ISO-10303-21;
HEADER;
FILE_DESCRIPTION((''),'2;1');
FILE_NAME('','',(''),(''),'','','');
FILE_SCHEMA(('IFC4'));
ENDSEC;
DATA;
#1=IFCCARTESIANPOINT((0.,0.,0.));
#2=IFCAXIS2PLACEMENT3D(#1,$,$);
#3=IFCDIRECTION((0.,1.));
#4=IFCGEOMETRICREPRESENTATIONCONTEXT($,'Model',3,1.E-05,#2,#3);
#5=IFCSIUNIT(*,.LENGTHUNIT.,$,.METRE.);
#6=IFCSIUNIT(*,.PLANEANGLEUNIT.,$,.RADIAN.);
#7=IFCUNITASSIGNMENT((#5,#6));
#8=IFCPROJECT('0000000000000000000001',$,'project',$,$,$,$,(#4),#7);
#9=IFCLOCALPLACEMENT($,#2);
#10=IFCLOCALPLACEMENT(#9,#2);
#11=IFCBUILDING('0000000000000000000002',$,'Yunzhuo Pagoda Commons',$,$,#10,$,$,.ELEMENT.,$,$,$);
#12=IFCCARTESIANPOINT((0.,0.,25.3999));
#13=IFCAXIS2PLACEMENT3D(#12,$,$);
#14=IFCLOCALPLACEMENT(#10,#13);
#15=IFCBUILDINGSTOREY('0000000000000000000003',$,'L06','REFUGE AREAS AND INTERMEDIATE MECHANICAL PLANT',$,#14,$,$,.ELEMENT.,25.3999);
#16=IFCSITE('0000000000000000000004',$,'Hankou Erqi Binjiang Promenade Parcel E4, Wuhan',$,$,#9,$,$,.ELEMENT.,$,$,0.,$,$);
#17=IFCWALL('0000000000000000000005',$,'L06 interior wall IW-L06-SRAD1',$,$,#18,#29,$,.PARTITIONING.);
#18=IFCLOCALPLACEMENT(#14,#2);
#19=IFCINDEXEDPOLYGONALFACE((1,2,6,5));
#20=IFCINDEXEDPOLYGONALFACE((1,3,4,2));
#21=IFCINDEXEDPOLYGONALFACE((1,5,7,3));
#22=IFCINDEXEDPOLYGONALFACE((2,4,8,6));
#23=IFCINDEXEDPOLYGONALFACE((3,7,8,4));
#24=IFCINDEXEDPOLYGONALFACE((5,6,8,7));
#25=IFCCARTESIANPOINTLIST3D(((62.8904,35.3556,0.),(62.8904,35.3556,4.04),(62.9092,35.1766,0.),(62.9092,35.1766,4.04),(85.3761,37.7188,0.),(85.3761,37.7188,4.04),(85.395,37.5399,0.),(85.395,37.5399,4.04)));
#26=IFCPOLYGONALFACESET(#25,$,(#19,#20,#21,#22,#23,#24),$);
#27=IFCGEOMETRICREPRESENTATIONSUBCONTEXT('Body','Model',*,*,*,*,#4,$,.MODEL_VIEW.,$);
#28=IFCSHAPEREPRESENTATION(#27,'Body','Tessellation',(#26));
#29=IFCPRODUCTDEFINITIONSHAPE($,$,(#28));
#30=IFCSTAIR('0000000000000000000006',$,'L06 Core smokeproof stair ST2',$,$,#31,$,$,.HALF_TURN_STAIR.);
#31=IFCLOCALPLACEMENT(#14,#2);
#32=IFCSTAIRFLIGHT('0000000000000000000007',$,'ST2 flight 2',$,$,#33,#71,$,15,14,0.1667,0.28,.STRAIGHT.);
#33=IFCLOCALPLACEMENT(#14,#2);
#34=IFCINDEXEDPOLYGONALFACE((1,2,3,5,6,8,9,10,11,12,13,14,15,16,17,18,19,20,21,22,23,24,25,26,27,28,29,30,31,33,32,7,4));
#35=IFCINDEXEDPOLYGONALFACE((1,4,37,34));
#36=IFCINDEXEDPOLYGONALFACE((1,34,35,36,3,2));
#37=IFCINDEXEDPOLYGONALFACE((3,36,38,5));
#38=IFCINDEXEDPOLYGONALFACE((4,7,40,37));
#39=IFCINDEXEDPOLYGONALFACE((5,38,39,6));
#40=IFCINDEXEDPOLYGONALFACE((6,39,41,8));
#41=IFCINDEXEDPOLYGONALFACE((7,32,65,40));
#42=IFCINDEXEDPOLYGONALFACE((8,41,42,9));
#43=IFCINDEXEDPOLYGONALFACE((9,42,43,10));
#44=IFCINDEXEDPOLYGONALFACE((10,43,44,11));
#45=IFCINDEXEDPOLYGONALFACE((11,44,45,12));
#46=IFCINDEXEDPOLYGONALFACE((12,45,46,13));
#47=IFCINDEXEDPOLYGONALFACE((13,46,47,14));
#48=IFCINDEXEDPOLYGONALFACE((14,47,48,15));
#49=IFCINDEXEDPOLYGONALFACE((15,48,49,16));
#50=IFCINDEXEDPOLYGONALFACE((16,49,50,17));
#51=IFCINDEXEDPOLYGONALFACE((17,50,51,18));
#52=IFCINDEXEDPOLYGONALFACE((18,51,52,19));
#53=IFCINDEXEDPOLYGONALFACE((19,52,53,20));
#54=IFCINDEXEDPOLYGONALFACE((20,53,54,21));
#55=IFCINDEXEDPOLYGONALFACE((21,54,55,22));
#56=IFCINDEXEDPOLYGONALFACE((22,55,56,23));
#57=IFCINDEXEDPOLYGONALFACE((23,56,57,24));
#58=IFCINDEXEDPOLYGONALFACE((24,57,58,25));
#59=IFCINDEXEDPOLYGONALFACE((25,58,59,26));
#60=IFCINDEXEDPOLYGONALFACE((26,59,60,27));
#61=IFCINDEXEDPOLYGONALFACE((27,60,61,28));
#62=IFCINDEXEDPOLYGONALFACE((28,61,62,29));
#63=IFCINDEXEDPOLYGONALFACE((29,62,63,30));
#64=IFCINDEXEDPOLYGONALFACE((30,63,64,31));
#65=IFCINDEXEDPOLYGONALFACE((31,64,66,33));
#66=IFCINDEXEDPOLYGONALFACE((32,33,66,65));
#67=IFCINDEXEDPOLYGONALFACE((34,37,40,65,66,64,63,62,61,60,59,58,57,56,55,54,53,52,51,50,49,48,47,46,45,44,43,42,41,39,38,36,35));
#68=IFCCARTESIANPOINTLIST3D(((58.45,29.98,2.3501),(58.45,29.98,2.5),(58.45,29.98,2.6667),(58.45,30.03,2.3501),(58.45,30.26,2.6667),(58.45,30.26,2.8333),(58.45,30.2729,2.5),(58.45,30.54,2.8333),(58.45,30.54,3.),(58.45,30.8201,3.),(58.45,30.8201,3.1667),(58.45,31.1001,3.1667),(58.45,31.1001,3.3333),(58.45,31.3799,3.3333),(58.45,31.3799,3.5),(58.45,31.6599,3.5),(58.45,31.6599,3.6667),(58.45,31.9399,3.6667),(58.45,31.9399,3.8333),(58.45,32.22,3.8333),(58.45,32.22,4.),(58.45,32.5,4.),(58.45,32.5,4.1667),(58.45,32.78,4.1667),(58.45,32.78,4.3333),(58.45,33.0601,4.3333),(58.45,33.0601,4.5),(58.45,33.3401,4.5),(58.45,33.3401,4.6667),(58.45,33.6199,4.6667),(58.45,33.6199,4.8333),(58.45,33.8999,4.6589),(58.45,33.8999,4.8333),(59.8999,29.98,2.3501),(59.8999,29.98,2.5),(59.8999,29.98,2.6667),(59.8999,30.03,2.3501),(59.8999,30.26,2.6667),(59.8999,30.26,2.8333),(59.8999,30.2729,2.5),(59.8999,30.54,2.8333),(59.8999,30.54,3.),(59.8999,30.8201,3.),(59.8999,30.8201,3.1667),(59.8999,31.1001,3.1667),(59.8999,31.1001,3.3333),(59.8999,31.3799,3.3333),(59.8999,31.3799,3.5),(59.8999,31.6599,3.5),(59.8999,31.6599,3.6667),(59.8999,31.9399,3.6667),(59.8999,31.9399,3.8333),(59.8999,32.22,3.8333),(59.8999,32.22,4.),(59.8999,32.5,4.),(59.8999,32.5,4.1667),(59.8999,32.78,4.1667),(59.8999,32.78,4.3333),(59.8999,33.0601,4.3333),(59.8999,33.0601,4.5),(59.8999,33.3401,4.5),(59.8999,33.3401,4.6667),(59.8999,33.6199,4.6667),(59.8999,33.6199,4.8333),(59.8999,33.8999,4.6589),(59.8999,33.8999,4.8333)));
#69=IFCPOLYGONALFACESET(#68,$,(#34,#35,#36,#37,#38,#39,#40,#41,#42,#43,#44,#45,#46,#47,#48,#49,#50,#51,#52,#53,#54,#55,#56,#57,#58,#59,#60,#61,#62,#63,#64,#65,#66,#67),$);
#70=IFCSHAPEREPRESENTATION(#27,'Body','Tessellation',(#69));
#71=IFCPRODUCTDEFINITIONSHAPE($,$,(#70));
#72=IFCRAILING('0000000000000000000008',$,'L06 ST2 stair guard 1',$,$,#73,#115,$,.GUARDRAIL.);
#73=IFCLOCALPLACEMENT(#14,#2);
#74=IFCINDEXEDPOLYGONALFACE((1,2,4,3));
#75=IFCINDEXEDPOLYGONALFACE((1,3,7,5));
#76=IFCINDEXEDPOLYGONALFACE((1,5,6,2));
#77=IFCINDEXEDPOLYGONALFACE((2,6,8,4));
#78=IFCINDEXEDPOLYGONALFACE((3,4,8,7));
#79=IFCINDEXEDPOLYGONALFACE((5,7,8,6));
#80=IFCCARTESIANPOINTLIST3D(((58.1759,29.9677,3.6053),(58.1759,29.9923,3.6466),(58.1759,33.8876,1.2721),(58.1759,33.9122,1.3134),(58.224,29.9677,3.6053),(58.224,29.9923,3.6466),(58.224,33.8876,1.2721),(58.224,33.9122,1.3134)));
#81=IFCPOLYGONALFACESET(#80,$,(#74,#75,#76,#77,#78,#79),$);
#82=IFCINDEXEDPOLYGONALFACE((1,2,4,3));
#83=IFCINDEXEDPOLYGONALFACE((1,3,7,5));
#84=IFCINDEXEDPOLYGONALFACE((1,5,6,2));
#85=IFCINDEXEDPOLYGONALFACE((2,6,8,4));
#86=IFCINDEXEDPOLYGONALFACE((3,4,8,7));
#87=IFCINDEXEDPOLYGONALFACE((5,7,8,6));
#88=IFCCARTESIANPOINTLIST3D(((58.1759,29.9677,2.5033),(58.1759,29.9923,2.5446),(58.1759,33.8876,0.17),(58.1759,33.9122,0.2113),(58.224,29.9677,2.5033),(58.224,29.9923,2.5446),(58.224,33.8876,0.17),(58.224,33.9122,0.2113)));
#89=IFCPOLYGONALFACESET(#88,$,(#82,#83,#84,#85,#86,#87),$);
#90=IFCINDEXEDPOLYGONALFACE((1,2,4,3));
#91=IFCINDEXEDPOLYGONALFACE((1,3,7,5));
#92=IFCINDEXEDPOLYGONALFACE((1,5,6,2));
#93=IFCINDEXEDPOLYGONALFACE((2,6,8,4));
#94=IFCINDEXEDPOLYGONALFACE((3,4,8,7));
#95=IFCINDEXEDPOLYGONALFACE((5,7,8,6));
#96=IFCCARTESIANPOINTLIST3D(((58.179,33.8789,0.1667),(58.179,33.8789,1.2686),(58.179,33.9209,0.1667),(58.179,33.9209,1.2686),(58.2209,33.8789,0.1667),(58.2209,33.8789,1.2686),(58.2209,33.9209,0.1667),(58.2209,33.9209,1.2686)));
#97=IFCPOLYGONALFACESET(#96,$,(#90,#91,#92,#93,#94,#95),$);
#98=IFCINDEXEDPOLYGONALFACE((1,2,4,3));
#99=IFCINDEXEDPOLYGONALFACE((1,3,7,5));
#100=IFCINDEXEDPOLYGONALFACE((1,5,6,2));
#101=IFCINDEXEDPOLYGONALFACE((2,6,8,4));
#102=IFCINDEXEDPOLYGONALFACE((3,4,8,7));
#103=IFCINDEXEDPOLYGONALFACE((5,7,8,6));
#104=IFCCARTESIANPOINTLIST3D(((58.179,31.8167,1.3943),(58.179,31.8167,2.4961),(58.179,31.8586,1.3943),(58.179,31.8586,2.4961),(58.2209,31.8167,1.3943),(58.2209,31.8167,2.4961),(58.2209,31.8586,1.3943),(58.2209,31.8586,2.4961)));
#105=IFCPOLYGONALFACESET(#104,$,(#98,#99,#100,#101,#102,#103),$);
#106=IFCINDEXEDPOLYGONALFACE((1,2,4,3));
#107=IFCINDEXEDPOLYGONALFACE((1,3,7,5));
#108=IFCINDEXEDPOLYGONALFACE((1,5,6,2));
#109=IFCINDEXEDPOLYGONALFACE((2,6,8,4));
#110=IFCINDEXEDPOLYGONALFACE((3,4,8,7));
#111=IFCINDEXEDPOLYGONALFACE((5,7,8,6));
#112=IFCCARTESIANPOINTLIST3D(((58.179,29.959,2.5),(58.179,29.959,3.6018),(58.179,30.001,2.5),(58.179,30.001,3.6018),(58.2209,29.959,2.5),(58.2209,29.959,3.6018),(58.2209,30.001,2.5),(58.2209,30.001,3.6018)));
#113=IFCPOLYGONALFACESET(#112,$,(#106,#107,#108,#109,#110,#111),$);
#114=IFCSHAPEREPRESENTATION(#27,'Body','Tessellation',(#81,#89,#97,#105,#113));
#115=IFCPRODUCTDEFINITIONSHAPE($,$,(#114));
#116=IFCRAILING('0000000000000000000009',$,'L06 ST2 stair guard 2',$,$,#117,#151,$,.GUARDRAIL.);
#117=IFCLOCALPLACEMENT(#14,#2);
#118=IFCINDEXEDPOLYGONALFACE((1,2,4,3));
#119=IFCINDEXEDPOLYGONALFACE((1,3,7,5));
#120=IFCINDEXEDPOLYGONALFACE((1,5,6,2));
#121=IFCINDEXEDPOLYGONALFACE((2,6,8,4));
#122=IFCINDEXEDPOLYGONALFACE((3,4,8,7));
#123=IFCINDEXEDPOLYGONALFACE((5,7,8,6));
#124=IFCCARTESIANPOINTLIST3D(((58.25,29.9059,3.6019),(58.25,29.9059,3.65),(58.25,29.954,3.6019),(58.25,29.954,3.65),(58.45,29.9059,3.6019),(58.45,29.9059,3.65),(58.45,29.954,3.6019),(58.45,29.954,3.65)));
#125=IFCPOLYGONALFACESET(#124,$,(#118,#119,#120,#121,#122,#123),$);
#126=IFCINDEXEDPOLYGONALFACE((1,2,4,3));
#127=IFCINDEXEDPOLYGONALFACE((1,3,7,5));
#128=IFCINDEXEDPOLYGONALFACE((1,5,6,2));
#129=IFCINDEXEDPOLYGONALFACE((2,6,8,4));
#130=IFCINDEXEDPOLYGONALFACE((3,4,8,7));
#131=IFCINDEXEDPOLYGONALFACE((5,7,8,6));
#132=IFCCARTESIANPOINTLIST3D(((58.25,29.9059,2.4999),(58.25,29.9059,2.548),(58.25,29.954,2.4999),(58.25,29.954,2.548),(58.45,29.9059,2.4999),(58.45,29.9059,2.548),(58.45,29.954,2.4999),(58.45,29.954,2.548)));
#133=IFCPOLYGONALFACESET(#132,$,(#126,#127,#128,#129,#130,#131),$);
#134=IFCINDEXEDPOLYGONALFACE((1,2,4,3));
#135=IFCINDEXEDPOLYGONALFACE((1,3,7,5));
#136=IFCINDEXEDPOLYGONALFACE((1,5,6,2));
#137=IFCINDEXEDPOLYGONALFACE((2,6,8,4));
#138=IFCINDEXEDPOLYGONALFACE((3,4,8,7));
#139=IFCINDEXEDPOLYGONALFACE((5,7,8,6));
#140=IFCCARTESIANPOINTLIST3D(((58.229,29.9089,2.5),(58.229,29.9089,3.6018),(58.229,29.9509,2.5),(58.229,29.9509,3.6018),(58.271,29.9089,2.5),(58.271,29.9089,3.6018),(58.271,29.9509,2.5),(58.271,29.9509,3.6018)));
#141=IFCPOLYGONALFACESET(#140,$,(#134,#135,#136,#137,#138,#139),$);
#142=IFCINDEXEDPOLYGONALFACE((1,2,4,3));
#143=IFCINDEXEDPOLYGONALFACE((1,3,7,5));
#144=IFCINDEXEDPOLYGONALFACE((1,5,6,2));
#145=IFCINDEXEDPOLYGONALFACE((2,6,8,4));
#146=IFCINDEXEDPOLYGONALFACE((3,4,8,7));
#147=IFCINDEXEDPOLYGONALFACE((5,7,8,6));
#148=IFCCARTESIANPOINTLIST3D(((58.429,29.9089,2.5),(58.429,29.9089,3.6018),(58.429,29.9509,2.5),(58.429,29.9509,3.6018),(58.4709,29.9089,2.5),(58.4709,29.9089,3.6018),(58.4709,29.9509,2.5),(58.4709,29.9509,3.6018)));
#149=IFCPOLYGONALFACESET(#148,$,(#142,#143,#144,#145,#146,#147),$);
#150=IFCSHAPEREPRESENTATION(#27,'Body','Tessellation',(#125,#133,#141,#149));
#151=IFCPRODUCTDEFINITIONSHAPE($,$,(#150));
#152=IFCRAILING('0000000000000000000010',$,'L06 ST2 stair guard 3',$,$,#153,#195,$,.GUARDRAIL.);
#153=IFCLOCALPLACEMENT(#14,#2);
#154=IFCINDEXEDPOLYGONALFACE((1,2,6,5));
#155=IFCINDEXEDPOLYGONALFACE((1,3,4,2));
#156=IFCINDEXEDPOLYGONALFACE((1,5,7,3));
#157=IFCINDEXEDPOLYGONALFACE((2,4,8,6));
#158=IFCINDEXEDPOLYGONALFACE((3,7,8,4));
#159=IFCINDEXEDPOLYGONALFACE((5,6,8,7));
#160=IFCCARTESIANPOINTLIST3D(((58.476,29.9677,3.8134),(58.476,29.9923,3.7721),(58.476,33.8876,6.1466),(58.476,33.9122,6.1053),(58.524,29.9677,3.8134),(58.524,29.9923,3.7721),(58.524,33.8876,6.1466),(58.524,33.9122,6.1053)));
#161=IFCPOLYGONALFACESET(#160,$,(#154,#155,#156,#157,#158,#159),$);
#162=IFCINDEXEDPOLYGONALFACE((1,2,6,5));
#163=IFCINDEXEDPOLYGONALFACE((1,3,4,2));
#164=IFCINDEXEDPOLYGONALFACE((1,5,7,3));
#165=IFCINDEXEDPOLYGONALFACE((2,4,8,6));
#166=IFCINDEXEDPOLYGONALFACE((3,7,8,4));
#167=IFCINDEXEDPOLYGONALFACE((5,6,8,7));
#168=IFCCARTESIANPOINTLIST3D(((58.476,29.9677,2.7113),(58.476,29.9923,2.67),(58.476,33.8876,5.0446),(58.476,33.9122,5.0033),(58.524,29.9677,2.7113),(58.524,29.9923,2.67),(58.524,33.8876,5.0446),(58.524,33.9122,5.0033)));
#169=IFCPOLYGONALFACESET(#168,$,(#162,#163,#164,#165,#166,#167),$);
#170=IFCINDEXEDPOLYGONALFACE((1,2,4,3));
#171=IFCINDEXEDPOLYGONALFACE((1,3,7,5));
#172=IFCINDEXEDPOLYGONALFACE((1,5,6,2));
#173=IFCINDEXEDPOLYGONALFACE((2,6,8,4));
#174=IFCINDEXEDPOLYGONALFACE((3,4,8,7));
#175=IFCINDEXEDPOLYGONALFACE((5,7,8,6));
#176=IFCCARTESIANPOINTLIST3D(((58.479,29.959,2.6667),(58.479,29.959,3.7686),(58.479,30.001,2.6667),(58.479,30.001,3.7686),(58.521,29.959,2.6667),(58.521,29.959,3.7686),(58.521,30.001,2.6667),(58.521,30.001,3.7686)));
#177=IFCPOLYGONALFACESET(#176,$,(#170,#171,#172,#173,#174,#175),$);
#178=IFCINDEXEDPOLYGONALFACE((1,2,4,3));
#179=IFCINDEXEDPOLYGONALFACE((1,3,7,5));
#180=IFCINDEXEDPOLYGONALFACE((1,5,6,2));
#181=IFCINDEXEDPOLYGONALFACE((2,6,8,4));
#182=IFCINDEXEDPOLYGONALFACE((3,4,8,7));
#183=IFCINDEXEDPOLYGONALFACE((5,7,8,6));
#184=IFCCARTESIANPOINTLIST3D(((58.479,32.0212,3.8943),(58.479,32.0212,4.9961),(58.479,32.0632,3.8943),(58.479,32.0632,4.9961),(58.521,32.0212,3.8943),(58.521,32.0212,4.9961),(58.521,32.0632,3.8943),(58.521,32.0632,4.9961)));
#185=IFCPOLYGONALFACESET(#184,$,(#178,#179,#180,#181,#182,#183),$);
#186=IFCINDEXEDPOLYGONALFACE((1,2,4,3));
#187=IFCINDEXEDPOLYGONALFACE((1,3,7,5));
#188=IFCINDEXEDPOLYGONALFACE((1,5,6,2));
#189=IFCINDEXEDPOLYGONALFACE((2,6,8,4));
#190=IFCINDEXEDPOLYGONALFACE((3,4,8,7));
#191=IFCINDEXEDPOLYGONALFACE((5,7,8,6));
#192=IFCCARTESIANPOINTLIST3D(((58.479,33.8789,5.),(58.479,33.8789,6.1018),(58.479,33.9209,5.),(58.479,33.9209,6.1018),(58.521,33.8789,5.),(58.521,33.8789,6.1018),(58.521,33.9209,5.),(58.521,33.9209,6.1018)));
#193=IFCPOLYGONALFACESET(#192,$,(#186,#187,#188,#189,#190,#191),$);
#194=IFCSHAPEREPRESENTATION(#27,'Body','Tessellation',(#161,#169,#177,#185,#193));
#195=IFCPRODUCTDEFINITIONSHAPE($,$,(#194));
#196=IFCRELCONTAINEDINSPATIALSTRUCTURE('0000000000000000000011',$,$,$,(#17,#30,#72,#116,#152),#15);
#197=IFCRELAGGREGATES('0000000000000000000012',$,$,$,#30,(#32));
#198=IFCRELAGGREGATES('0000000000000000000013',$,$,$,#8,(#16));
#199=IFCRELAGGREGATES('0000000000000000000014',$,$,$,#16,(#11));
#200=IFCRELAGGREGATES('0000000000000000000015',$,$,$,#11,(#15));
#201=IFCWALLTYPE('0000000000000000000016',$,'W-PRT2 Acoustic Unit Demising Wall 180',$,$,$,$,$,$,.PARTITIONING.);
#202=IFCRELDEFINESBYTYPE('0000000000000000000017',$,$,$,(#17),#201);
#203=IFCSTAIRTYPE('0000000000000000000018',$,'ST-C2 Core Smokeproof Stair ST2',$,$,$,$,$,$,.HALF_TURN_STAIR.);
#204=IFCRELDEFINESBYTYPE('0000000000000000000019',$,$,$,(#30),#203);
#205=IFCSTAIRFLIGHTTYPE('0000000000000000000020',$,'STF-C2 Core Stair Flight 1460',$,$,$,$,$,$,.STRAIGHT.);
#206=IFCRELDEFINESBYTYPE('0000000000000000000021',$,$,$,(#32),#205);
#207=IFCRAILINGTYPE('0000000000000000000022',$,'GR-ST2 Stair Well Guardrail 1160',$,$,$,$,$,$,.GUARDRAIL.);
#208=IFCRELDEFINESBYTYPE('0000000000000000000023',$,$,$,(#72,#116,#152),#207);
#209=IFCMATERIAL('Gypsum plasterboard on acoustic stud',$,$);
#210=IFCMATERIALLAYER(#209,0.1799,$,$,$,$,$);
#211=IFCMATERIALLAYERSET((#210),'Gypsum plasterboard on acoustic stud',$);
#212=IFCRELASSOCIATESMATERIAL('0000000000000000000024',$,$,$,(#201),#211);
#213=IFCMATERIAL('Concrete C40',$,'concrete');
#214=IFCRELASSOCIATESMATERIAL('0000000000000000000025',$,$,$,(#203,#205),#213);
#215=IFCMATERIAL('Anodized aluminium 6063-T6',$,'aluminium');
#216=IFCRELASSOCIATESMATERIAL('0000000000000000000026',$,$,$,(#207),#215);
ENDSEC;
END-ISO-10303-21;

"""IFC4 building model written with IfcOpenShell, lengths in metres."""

from ifc_helpers import new_model, si_unit, direction, frame, frame_2d, origin, origin_2d, place, context, subcontext, project, spatial, polyline, rectangle, outline, extrude, source, transform, mapped, material, layer, layer_set, type_object, element, aggregate, save


model = new_model("IFC4")

# Units and contexts
model_context = context("Model", 3, precision=1e-05, world=origin(), true_north=direction((0.0, 1.0)))
body_context = subcontext(model_context, "Body", "Model", "MODEL_VIEW")
ifc_project = project(units=[si_unit("LENGTHUNIT", "METRE"), si_unit("PLANEANGLEUNIT", "RADIAN")], contexts=[model_context])

# Site, building, storey
site_placement = place(None, origin())
site = spatial("IfcSite", under=ifc_project, at=site_placement, Name="Hankou Erqi Binjiang Promenade Parcel E4, Wuhan", CompositionType="ELEMENT", RefElevation=0.0)
building_placement = place(site_placement, origin())
building = spatial("IfcBuilding", under=site, at=building_placement, Name="Yunzhuo Pagoda Commons", CompositionType="ELEMENT")
storey_placement = place(building_placement, frame((0.0, 0.0, 25.3999)))
storey = spatial("IfcBuildingStorey", under=building, at=storey_placement, Name="L06", Description="REFUGE AREAS AND INTERMEDIATE MECHANICAL PLANT", CompositionType="ELEMENT", Elevation=25.3999)

# Shared definitions
ifc_material_1 = material(Name="Gypsum plasterboard on acoustic stud")

# Wall
ifc_layer_1 = layer(ifc_material_1, 0.1799)
ifc_layer_set_1 = layer_set([ifc_layer_1], Name="Gypsum plasterboard on acoustic stud")
wall_type_1 = type_object("IfcWallType", Name="W-PRT2 Acoustic Unit Demising Wall 180", PredefinedType="PARTITIONING", material=ifc_layer_set_1)
wall_1_placement = place(storey_placement, frame((62.8999, 35.2661, 0.0), z_axis=(0.0, 0.0, 1.0), x_axis=(0.994522, 0.104525, 0.0)))
element("IfcWall", 1, at=wall_1_placement, inside=storey, type_object=wall_type_1, Name="L06 interior wall IW-L06-SRAD1", PredefinedType="PARTITIONING", context=body_context, shape_type="SweptSolid", body=[
    extrude(rectangle(XDim=22.6096, YDim=0.1799, at=frame_2d((11.3047, 0.0))), origin(), (0.0, 0.0, 1.0), 4.04),
])

# Stair, stair flight
ifc_material_2 = material(Name="Concrete C40", Category="concrete")
stair_type = type_object("IfcStairType", Name="ST-C2 Core Smokeproof Stair ST2", PredefinedType="HALF_TURN_STAIR", material=ifc_material_2)
stair_placement = place(storey_placement, origin())
stair = element("IfcStair", 2, at=stair_placement, inside=storey, type_object=stair_type, Name="L06 Core smokeproof stair ST2", PredefinedType="HALF_TURN_STAIR")
stair_flight_type = type_object("IfcStairFlightType", Name="STF-C2 Core Stair Flight 1460", PredefinedType="STRAIGHT", material=ifc_material_2)
shared_shape_1 = source(origin(), body_context, "Body", "SweptSolid", [
    extrude(outline(polyline([(0.0, -0.1499), (0.0, 0.0), (0.0, 0.1667), (0.28, 0.1667), (0.28, 0.3333), (0.5601, 0.3333), (0.5601, 0.5), (0.8401, 0.5), (0.8401, 0.6667), (1.1201, 0.6667), (1.1201, 0.8333), (1.3999, 0.8333), (1.3999, 1.0), (1.6799, 1.0), (1.6799, 1.1667), (1.96, 1.1667), (1.96, 1.3333), (2.24, 1.3333), (2.24, 1.5), (2.52, 1.5), (2.52, 1.6667), (2.8, 1.6667), (2.8, 1.8333), (3.0801, 1.8333), (3.0801, 2.0), (3.3601, 2.0), (3.3601, 2.1667), (3.6399, 2.1667), (3.6399, 2.3333), (3.9199, 2.3333), (3.9199, 2.5), (3.9199, 2.1589), (0.293, 0.0), (0.05, -0.1499), (0.0, -0.1499)])), frame((0.0, 0.7251, 0.0), z_axis=(0.0, -1.0, 0.0), x_axis=(1.0, 0.0, 0.0)), (0.0, 0.0, 1.0), 1.45),
])
stair_flight_placement = place(storey_placement, frame((59.175, 29.98, 2.5), z_axis=(0.0, 0.0, 1.0), x_axis=(0.0, 1.0, 0.0)))
stair_flight = element("IfcStairFlight", 3, at=stair_flight_placement, type_object=stair_flight_type, Name="ST2 flight 2", NumberOfRisers=15, NumberOfTreads=14, PredefinedType="STRAIGHT", RiserHeight=0.1667, TreadLength=0.28, context=body_context, shape_type="MappedRepresentation", body=[
    mapped(shared_shape_1, transform((0.0, 0.0, 0.0), scale=1.0)),
])
aggregate(stair, [stair_flight])

# Railings
ifc_material_3 = material(Name="Anodized aluminium 6063-T6", Category="aluminium")
railing_type_1 = type_object("IfcRailingType", Name="GR-ST2 Stair Well Guardrail 1160", PredefinedType="GUARDRAIL", material=ifc_material_3)
railing_1_placement = place(storey_placement, frame((58.2, 33.8999, 0.1667)))
element("IfcRailing", 4, at=railing_1_placement, inside=storey, type_object=railing_type_1, Name="L06 ST2 stair guard 1", PredefinedType="GUARDRAIL", context=body_context, shape_type="SweptSolid", body=[
    extrude(rectangle(XDim=0.0481, YDim=0.0481, at=origin_2d()), frame((0.0, 0.0, 1.126), z_axis=(0.0, -0.859296, 0.511478), x_axis=(1.0, 0.0, 0.0)), (0.0, 0.0, 1.0), 4.5618),
    extrude(rectangle(XDim=0.0481, YDim=0.0481, at=origin_2d()), frame((0.0, 0.0, 0.0239), z_axis=(0.0, -0.859296, 0.511478), x_axis=(1.0, 0.0, 0.0)), (0.0, 0.0, 1.0), 4.5618),
    extrude(rectangle(XDim=0.042, YDim=0.042, at=origin_2d()), origin(), (0.0, 0.0, 1.0), 1.1018),
    extrude(rectangle(XDim=0.042, YDim=0.042, at=origin_2d()), frame((0.0, -2.0623, 1.2275)), (0.0, 0.0, 1.0), 1.1018),
    extrude(rectangle(XDim=0.042, YDim=0.042, at=origin_2d()), frame((0.0, -3.9199, 2.3333)), (0.0, 0.0, 1.0), 1.1018),
])
railing_2_placement = place(storey_placement, frame((58.25, 29.9299, 2.5)))
element("IfcRailing", 5, at=railing_2_placement, inside=storey, type_object=railing_type_1, Name="L06 ST2 stair guard 2", PredefinedType="GUARDRAIL", context=body_context, shape_type="SweptSolid", body=[
    extrude(rectangle(XDim=0.0481, YDim=0.0481, at=origin_2d()), frame((0.0, 0.0, 1.126), z_axis=(1.0, 0.0, 0.0), x_axis=(0.0, 1.0, 0.0)), (0.0, 0.0, 1.0), 0.2),
    extrude(rectangle(XDim=0.0481, YDim=0.0481, at=origin_2d()), frame((0.0, 0.0, 0.0239), z_axis=(1.0, 0.0, 0.0), x_axis=(0.0, 1.0, 0.0)), (0.0, 0.0, 1.0), 0.2),
    extrude(rectangle(XDim=0.042, YDim=0.042, at=origin_2d()), origin(), (0.0, 0.0, 1.0), 1.1018),
    extrude(rectangle(XDim=0.042, YDim=0.042, at=origin_2d()), frame((0.2, 0.0, 0.0)), (0.0, 0.0, 1.0), 1.1018),
])
railing_3_placement = place(storey_placement, frame((58.5, 29.98, 2.6667)))
element("IfcRailing", 6, at=railing_3_placement, inside=storey, type_object=railing_type_1, Name="L06 ST2 stair guard 3", PredefinedType="GUARDRAIL", context=body_context, shape_type="SweptSolid", body=[
    extrude(rectangle(XDim=0.0481, YDim=0.0481, at=origin_2d()), frame((0.0, 0.0, 1.126), z_axis=(0.0, 0.859296, 0.511478), x_axis=(-1.0, 0.0, 0.0)), (0.0, 0.0, 1.0), 4.5618),
    extrude(rectangle(XDim=0.0481, YDim=0.0481, at=origin_2d()), frame((0.0, 0.0, 0.0239), z_axis=(0.0, 0.859296, 0.511478), x_axis=(-1.0, 0.0, 0.0)), (0.0, 0.0, 1.0), 4.5618),
    extrude(rectangle(XDim=0.042, YDim=0.042, at=origin_2d()), origin(), (0.0, 0.0, 1.0), 1.1018),
    extrude(rectangle(XDim=0.042, YDim=0.042, at=origin_2d()), frame((0.0, 2.0623, 1.2275)), (0.0, 0.0, 1.0), 1.1018),
    extrude(rectangle(XDim=0.042, YDim=0.042, at=origin_2d()), frame((0.0, 3.9199, 2.3333)), (0.0, 0.0, 1.0), 1.1018),
])

save(model, "model.ifc")
